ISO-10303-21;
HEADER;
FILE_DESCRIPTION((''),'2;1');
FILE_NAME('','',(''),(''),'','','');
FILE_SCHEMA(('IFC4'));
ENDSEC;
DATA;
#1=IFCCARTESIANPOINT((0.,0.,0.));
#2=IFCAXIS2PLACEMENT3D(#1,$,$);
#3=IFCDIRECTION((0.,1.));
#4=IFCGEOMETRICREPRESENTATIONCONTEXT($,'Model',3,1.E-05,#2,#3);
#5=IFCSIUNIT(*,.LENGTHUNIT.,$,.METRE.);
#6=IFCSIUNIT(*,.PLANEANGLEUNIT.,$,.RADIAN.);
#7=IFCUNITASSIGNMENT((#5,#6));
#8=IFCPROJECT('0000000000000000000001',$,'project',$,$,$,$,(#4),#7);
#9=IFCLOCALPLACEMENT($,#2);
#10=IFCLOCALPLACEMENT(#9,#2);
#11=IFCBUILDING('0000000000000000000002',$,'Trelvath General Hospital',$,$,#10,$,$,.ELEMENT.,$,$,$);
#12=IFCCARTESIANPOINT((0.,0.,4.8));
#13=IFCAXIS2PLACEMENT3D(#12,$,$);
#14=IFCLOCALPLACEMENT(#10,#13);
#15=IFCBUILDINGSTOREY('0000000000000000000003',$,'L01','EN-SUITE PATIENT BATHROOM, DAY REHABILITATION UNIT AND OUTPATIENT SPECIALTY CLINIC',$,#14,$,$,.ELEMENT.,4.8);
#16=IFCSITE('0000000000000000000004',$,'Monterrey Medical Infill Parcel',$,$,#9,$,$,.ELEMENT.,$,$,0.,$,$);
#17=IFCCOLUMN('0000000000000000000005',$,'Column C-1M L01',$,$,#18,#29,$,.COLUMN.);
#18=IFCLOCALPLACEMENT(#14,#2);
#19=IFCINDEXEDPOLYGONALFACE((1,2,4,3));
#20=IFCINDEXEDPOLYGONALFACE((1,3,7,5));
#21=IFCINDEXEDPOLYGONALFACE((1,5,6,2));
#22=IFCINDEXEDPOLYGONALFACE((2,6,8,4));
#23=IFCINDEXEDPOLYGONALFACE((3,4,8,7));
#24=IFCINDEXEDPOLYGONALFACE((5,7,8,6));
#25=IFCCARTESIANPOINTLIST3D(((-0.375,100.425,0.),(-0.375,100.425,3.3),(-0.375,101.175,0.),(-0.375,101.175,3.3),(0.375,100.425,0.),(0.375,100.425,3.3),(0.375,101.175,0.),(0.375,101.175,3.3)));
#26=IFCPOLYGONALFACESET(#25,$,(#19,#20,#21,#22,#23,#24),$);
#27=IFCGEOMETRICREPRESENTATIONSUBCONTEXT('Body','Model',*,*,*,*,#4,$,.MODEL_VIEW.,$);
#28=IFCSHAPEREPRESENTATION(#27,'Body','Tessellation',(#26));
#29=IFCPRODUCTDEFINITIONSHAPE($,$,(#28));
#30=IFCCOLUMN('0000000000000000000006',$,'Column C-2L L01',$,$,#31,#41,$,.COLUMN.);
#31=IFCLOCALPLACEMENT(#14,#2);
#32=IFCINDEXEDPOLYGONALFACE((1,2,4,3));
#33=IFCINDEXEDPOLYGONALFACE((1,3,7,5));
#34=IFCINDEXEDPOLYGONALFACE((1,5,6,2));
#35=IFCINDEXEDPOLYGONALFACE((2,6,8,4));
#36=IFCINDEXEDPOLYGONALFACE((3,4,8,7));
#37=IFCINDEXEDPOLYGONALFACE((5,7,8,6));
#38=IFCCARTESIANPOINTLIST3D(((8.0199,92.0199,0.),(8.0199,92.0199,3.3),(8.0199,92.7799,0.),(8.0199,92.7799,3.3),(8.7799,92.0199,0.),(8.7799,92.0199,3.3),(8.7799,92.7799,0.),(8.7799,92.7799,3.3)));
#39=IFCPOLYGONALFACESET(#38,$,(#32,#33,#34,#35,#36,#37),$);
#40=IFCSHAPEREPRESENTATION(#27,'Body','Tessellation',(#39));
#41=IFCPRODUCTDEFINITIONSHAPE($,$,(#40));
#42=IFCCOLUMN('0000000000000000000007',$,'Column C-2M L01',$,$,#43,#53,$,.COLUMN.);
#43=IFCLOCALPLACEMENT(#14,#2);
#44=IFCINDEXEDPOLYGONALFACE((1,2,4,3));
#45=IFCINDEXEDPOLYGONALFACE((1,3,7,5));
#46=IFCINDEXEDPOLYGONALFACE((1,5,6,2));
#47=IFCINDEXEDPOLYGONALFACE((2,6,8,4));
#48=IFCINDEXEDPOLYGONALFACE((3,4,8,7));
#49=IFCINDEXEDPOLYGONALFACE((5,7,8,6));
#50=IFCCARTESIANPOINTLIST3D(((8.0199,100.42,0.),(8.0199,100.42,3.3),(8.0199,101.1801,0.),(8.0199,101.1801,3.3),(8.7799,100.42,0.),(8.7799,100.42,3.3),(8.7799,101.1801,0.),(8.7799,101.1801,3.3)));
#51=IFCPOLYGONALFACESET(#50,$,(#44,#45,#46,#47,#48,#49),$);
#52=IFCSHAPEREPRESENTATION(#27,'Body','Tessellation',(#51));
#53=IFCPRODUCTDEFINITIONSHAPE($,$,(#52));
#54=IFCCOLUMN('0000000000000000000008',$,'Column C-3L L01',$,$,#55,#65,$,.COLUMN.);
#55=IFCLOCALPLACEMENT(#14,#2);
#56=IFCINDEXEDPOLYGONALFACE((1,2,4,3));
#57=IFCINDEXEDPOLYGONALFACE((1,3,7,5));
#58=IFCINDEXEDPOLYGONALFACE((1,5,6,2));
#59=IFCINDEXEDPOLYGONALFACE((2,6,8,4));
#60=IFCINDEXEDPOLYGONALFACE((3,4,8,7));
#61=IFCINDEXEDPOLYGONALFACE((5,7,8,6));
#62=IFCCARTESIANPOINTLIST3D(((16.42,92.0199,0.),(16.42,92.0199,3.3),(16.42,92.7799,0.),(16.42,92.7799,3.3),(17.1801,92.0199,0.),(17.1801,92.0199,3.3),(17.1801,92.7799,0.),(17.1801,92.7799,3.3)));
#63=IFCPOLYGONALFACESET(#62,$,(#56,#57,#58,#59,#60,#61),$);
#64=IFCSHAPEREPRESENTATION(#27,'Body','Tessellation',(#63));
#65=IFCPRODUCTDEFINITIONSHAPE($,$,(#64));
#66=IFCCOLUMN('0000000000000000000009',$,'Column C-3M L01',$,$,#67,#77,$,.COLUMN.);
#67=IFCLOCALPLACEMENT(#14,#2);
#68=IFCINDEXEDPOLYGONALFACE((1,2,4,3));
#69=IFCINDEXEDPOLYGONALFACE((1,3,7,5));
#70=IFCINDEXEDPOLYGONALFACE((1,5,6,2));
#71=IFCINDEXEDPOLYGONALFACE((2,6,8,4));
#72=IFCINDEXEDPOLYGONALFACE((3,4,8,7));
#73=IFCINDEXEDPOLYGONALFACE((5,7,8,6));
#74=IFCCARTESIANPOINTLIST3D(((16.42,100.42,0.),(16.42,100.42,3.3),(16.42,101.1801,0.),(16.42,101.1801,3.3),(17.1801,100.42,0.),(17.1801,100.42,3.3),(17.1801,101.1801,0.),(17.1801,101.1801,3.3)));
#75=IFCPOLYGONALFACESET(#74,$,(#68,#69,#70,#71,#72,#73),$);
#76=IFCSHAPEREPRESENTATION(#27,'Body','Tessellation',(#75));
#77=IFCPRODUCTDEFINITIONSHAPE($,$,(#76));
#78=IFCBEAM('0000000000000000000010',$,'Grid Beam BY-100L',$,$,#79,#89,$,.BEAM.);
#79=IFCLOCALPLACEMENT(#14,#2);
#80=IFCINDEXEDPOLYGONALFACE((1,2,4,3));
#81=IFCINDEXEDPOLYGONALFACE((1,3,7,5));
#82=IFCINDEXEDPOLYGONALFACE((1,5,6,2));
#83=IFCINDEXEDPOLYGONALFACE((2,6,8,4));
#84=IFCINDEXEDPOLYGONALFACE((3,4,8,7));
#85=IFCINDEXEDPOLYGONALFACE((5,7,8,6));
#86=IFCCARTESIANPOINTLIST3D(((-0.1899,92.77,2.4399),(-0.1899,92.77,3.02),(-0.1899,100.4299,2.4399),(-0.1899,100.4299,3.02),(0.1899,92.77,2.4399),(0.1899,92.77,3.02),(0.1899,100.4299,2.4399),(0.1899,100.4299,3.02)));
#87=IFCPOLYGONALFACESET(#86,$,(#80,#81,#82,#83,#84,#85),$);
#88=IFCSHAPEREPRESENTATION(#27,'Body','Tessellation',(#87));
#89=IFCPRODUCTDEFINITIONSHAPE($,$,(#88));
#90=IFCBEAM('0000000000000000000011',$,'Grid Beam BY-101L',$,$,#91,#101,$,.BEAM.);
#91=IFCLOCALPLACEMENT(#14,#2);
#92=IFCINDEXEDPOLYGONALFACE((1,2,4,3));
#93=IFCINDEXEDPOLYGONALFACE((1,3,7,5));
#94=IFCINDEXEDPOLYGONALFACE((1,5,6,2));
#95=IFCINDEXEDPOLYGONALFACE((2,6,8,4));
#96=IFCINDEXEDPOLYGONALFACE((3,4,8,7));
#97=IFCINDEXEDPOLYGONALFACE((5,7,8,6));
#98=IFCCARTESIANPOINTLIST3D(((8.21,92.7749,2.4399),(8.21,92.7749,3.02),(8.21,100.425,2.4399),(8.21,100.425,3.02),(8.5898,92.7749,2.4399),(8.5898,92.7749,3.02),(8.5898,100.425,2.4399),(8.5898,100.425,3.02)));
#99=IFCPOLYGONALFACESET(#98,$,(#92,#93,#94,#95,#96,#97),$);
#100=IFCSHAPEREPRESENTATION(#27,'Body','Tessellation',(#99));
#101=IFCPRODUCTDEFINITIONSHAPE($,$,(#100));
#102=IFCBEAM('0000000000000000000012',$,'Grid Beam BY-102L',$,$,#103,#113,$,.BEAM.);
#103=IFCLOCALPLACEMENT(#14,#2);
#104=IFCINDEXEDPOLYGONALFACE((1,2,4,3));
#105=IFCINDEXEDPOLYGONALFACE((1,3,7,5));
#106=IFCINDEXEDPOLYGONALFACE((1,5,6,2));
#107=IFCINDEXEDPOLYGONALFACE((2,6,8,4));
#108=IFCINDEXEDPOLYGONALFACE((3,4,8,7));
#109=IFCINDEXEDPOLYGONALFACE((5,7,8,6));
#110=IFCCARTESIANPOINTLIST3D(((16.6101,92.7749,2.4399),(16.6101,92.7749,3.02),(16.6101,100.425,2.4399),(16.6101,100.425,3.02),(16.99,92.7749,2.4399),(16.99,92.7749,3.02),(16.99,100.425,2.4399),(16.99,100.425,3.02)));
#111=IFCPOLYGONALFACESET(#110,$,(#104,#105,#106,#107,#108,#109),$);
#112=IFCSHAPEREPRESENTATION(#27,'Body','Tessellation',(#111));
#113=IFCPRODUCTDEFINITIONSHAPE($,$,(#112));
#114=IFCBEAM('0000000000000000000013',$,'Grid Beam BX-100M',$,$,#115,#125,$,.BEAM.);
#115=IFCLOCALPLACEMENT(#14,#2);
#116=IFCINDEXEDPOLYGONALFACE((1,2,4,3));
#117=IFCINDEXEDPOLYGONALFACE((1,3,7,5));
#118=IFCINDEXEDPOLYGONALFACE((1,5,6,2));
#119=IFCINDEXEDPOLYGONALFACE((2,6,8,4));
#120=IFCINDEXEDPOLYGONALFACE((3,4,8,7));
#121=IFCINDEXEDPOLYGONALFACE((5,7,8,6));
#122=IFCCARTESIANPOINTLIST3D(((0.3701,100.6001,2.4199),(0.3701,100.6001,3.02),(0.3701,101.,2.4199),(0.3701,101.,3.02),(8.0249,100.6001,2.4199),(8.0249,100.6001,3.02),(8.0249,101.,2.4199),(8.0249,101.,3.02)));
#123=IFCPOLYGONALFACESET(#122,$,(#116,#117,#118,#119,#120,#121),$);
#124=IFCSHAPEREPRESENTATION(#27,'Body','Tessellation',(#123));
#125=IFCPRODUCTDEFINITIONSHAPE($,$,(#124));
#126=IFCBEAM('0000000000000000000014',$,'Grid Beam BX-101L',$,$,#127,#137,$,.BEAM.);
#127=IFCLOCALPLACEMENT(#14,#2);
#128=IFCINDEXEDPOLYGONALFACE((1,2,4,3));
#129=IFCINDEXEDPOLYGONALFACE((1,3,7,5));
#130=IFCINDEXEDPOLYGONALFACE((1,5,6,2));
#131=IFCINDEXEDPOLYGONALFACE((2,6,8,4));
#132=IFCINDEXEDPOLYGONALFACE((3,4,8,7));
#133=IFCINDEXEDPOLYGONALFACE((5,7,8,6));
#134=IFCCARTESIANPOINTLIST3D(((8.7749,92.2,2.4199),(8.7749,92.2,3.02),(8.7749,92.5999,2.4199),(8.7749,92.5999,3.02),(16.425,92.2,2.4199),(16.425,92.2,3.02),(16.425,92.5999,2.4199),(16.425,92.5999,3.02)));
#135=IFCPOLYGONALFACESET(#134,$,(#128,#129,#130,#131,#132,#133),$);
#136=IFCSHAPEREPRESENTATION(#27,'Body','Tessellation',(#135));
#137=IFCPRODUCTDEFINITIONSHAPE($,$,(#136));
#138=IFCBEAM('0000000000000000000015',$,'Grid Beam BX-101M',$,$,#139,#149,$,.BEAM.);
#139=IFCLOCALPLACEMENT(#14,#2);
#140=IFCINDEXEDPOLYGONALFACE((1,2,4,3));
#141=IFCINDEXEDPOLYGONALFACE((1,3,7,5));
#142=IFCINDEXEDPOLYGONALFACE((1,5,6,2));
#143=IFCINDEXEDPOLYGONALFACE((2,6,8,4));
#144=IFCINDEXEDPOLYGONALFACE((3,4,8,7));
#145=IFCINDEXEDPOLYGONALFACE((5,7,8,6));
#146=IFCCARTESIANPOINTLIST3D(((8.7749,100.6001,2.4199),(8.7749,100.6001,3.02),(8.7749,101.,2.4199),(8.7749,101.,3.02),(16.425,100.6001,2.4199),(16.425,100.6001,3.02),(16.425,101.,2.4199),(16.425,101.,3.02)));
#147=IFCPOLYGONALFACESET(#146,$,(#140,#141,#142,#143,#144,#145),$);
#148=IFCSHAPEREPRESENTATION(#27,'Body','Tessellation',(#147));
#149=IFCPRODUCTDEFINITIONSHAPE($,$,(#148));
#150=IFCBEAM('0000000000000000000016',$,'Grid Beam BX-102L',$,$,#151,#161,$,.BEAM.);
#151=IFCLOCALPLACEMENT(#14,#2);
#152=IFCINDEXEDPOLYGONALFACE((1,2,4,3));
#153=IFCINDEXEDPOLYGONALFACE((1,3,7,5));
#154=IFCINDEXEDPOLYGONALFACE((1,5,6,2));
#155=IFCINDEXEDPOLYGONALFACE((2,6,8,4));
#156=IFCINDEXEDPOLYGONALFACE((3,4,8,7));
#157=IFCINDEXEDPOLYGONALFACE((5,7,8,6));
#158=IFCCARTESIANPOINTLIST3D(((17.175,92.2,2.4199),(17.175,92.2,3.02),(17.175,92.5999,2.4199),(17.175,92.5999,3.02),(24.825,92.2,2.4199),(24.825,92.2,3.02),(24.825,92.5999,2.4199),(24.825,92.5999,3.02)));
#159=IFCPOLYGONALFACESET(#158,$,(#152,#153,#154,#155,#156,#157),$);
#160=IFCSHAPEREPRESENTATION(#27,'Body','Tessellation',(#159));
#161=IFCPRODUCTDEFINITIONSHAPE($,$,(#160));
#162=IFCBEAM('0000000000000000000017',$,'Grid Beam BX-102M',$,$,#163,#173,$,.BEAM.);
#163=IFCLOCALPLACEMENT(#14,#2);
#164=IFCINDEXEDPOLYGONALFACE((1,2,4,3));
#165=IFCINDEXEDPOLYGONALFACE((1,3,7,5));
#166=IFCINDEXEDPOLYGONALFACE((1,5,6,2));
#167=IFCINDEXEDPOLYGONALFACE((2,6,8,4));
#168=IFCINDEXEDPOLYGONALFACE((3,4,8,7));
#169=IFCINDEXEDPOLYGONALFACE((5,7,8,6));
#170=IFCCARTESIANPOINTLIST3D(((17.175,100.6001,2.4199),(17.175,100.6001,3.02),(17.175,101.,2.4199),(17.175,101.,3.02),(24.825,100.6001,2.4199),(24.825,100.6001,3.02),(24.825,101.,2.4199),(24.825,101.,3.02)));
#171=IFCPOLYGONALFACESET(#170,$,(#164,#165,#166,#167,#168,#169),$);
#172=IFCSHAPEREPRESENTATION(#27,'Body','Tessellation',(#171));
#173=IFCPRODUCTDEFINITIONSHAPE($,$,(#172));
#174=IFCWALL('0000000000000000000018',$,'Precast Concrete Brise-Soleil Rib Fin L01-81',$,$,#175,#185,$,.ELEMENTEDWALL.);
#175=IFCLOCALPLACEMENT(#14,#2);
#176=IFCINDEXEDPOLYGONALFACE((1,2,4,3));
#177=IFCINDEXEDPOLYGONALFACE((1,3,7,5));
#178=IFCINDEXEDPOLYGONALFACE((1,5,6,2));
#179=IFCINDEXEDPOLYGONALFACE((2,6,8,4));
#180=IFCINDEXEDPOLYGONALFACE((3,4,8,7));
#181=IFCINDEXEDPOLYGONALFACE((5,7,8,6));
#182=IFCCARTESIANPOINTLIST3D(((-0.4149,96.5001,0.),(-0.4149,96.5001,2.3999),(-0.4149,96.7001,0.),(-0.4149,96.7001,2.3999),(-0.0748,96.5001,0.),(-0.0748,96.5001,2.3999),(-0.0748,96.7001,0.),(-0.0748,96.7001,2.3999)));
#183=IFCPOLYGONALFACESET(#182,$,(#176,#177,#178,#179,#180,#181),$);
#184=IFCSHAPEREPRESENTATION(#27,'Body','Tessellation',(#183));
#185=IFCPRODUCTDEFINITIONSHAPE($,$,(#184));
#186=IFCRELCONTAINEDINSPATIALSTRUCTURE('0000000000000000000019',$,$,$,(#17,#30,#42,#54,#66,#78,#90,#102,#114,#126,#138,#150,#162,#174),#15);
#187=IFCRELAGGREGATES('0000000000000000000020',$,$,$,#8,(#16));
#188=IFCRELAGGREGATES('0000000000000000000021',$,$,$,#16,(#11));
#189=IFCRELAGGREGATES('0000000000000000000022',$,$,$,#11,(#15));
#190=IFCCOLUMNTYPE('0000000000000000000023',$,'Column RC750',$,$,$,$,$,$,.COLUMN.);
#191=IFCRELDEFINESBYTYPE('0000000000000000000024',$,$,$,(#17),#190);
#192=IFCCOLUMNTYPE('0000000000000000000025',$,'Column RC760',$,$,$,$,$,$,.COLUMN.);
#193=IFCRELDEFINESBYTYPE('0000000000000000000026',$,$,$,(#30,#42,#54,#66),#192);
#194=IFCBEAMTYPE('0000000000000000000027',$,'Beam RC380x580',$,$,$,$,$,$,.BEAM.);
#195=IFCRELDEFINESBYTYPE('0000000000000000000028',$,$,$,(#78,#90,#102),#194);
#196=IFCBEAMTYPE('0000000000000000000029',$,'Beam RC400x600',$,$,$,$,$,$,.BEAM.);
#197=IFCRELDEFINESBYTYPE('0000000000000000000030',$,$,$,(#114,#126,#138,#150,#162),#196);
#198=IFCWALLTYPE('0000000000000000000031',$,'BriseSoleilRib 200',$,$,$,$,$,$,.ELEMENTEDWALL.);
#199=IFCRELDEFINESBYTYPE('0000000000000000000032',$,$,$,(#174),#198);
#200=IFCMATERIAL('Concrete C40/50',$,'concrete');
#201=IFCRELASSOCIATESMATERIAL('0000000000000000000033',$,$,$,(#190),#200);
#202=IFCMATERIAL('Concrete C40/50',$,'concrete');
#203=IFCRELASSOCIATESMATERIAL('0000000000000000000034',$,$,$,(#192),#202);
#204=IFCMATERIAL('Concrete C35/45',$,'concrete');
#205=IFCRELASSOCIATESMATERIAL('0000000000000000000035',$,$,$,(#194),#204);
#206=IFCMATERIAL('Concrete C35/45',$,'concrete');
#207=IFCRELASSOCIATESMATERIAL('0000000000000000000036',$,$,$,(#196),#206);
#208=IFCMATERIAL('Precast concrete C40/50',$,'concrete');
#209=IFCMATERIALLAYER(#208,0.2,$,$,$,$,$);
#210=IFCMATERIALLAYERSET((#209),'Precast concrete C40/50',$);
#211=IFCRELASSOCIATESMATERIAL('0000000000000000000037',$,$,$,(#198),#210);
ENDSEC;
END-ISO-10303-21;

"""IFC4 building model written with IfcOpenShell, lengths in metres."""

from ifc_helpers import new_model, si_unit, direction, frame, frame_2d, origin, origin_2d, place, context, subcontext, project, spatial, rectangle, extrude, material, layer, layer_set, material_profile, profile_set, type_object, element, save


model = new_model("IFC4")

# Units and contexts
model_context = context("Model", 3, precision=1e-05, world=origin(), true_north=direction((0.0, 1.0)))
body_context = subcontext(model_context, "Body", "Model", "MODEL_VIEW")
ifc_project = project(units=[si_unit("LENGTHUNIT", "METRE"), si_unit("PLANEANGLEUNIT", "RADIAN")], contexts=[model_context])

# Site, building, storey
site_placement = place(None, origin())
site = spatial("IfcSite", under=ifc_project, at=site_placement, Name="Monterrey Medical Infill Parcel", CompositionType="ELEMENT", RefElevation=0.0)
building_placement = place(site_placement, origin())
building = spatial("IfcBuilding", under=site, at=building_placement, Name="Trelvath General Hospital", CompositionType="ELEMENT")
storey_placement = place(building_placement, frame((0.0, 0.0, 4.8)))
storey = spatial("IfcBuildingStorey", under=building, at=storey_placement, Name="L01", Description="EN-SUITE PATIENT BATHROOM, DAY REHABILITATION UNIT AND OUTPATIENT SPECIALTY CLINIC", CompositionType="ELEMENT", Elevation=4.8)

# Columns
ifc_material_1 = material(Name="Concrete C40/50", Category="concrete")
ifc_material_profile_1 = material_profile(ifc_material_1, rectangle(XDim=0.75, YDim=0.75, at=origin_2d()), Name="RC750x750")
ifc_profile_set_1 = profile_set([ifc_material_profile_1], Name="Concrete C40/50")
column_type_1 = type_object("IfcColumnType", Name="Column RC750", PredefinedType="COLUMN", material=ifc_profile_set_1)
column_placement = place(storey_placement, frame((0.0, 100.8, 0.0), z_axis=(0.0, 0.0, 1.0), x_axis=(1.0, 0.0, 0.0)))
element("IfcColumn", 1, at=column_placement, inside=storey, type_object=column_type_1, Name="Column C-1M L01", PredefinedType="COLUMN", context=body_context, shape_type="SweptSolid", body=[
    extrude(rectangle(XDim=0.75, YDim=0.75, at=origin_2d()), origin(), (0.0, 0.0, 1.0), 3.3),
])
ifc_material_2 = material(Name="Concrete C40/50", Category="concrete")
ifc_material_profile_2 = material_profile(ifc_material_2, rectangle(XDim=0.76, YDim=0.76, at=origin_2d()), Name="RC760x760")
ifc_profile_set_2 = profile_set([ifc_material_profile_2], Name="Concrete C40/50")
column_type_2 = type_object("IfcColumnType", Name="Column RC760", PredefinedType="COLUMN", material=ifc_profile_set_2)
for number, where, z_axis, x_axis, name in (
    (2, (8.3999, 92.3999, 0.0), (0.0, 0.0, 1.0), (1.0, 0.0, 0.0), "Column C-2L L01"),
    (3, (8.3999, 100.8, 0.0), (0.0, 0.0, 1.0), (1.0, 0.0, 0.0), "Column C-2M L01"),
    (4, (16.8, 92.3999, 0.0), (0.0, 0.0, 1.0), (1.0, 0.0, 0.0), "Column C-3L L01"),
    (5, (16.8, 100.8, 0.0), (0.0, 0.0, 1.0), (1.0, 0.0, 0.0), "Column C-3M L01"),
):
    element("IfcColumn", number, at=place(storey_placement, frame(where, z_axis=z_axis, x_axis=x_axis)), inside=storey, type_object=column_type_2, Name=name, PredefinedType="COLUMN", context=body_context, shape_type="SweptSolid", body=[
        extrude(rectangle(XDim=0.76, YDim=0.76, at=origin_2d()), origin(), (0.0, 0.0, 1.0), 3.3),
    ])

# Beams
ifc_material_3 = material(Name="Concrete C35/45", Category="concrete")
ifc_material_profile_3 = material_profile(ifc_material_3, rectangle(XDim=0.3799, YDim=0.5801, at=origin_2d()), Name="RCB380x580")
ifc_profile_set_3 = profile_set([ifc_material_profile_3], Name="Concrete C35/45")
beam_type_1 = type_object("IfcBeamType", Name="Beam RC380x580", PredefinedType="BEAM", material=ifc_profile_set_3)
beam_1_placement = place(storey_placement, frame((0.0, 92.77, 2.73), z_axis=(0.0, 1.0, 0.0), x_axis=(-1.0, 0.0, 0.0)))
element("IfcBeam", 6, at=beam_1_placement, inside=storey, type_object=beam_type_1, Name="Grid Beam BY-100L", PredefinedType="BEAM", context=body_context, shape_type="SweptSolid", body=[
    extrude(rectangle(XDim=0.3799, YDim=0.5801, at=origin_2d()), origin(), (0.0, 0.0, 1.0), 7.6599),
])
for number, where, z_axis, x_axis, name in (
    (7, (8.3999, 92.7749, 2.73), (0.0, 1.0, 0.0), (-1.0, 0.0, 0.0), "Grid Beam BY-101L"),
    (8, (16.8, 92.7749, 2.73), (0.0, 1.0, 0.0), (-1.0, 0.0, 0.0), "Grid Beam BY-102L"),
):
    element("IfcBeam", number, at=place(storey_placement, frame(where, z_axis=z_axis, x_axis=x_axis)), inside=storey, type_object=beam_type_1, Name=name, PredefinedType="BEAM", context=body_context, shape_type="SweptSolid", body=[
        extrude(rectangle(XDim=0.3799, YDim=0.5801, at=origin_2d()), origin(), (0.0, 0.0, 1.0), 7.6501),
    ])
ifc_material_4 = material(Name="Concrete C35/45", Category="concrete")
ifc_material_profile_4 = material_profile(ifc_material_4, rectangle(XDim=0.3999, YDim=0.6001, at=origin_2d()), Name="RCB400x600")
ifc_profile_set_4 = profile_set([ifc_material_profile_4], Name="Concrete C35/45")
beam_type_2 = type_object("IfcBeamType", Name="Beam RC400x600", PredefinedType="BEAM", material=ifc_profile_set_4)
beam_2_placement = place(storey_placement, frame((0.3701, 100.8, 2.72), z_axis=(1.0, 0.0, 0.0), x_axis=(0.0, 1.0, 0.0)))
element("IfcBeam", 9, at=beam_2_placement, inside=storey, type_object=beam_type_2, Name="Grid Beam BX-100M", PredefinedType="BEAM", context=body_context, shape_type="SweptSolid", body=[
    extrude(rectangle(XDim=0.3999, YDim=0.6001, at=origin_2d()), origin(), (0.0, 0.0, 1.0), 7.6548),
])
for number, where, z_axis, x_axis, name in (
    (10, (8.7749, 92.3999, 2.72), (1.0, 0.0, 0.0), (0.0, 1.0, 0.0), "Grid Beam BX-101L"),
    (11, (8.7749, 100.8, 2.72), (1.0, 0.0, 0.0), (0.0, 1.0, 0.0), "Grid Beam BX-101M"),
):
    element("IfcBeam", number, at=place(storey_placement, frame(where, z_axis=z_axis, x_axis=x_axis)), inside=storey, type_object=beam_type_2, Name=name, PredefinedType="BEAM", context=body_context, shape_type="SweptSolid", body=[
        extrude(rectangle(XDim=0.3999, YDim=0.6001, at=origin_2d()), origin(), (0.0, 0.0, 1.0), 7.6501),
    ])
for number, where, z_axis, x_axis, name in (
    (12, (17.175, 92.3999, 2.72), (1.0, 0.0, 0.0), (0.0, 1.0, 0.0), "Grid Beam BX-102L"),
    (13, (17.175, 100.8, 2.72), (1.0, 0.0, 0.0), (0.0, 1.0, 0.0), "Grid Beam BX-102M"),
):
    element("IfcBeam", number, at=place(storey_placement, frame(where, z_axis=z_axis, x_axis=x_axis)), inside=storey, type_object=beam_type_2, Name=name, PredefinedType="BEAM", context=body_context, shape_type="SweptSolid", body=[
        extrude(rectangle(XDim=0.3999, YDim=0.6001, at=origin_2d()), origin(), (0.0, 0.0, 1.0), 7.6499),
    ])

# Wall
ifc_material_5 = material(Name="Precast concrete C40/50", Category="concrete")
ifc_layer_1 = layer(ifc_material_5, 0.2)
ifc_layer_set_1 = layer_set([ifc_layer_1], Name="Precast concrete C40/50")
wall_type_1 = type_object("IfcWallType", Name="BriseSoleilRib 200", PredefinedType="ELEMENTEDWALL", material=ifc_layer_set_1)
wall_1_placement = place(storey_placement, frame((-0.075, 96.6001, 0.0), z_axis=(0.0, 0.0, 1.0), x_axis=(-1.0, 0.0, 0.0)))
element("IfcWall", 14, at=wall_1_placement, inside=storey, type_object=wall_type_1, Name="Precast Concrete Brise-Soleil Rib Fin L01-81", PredefinedType="ELEMENTEDWALL", context=body_context, shape_type="SweptSolid", body=[
    extrude(rectangle(XDim=0.3401, YDim=0.2, at=frame_2d((0.1699, 0.0))), origin(), (0.0, 0.0, 1.0), 2.3999),
])

save(model, "model.ifc")
